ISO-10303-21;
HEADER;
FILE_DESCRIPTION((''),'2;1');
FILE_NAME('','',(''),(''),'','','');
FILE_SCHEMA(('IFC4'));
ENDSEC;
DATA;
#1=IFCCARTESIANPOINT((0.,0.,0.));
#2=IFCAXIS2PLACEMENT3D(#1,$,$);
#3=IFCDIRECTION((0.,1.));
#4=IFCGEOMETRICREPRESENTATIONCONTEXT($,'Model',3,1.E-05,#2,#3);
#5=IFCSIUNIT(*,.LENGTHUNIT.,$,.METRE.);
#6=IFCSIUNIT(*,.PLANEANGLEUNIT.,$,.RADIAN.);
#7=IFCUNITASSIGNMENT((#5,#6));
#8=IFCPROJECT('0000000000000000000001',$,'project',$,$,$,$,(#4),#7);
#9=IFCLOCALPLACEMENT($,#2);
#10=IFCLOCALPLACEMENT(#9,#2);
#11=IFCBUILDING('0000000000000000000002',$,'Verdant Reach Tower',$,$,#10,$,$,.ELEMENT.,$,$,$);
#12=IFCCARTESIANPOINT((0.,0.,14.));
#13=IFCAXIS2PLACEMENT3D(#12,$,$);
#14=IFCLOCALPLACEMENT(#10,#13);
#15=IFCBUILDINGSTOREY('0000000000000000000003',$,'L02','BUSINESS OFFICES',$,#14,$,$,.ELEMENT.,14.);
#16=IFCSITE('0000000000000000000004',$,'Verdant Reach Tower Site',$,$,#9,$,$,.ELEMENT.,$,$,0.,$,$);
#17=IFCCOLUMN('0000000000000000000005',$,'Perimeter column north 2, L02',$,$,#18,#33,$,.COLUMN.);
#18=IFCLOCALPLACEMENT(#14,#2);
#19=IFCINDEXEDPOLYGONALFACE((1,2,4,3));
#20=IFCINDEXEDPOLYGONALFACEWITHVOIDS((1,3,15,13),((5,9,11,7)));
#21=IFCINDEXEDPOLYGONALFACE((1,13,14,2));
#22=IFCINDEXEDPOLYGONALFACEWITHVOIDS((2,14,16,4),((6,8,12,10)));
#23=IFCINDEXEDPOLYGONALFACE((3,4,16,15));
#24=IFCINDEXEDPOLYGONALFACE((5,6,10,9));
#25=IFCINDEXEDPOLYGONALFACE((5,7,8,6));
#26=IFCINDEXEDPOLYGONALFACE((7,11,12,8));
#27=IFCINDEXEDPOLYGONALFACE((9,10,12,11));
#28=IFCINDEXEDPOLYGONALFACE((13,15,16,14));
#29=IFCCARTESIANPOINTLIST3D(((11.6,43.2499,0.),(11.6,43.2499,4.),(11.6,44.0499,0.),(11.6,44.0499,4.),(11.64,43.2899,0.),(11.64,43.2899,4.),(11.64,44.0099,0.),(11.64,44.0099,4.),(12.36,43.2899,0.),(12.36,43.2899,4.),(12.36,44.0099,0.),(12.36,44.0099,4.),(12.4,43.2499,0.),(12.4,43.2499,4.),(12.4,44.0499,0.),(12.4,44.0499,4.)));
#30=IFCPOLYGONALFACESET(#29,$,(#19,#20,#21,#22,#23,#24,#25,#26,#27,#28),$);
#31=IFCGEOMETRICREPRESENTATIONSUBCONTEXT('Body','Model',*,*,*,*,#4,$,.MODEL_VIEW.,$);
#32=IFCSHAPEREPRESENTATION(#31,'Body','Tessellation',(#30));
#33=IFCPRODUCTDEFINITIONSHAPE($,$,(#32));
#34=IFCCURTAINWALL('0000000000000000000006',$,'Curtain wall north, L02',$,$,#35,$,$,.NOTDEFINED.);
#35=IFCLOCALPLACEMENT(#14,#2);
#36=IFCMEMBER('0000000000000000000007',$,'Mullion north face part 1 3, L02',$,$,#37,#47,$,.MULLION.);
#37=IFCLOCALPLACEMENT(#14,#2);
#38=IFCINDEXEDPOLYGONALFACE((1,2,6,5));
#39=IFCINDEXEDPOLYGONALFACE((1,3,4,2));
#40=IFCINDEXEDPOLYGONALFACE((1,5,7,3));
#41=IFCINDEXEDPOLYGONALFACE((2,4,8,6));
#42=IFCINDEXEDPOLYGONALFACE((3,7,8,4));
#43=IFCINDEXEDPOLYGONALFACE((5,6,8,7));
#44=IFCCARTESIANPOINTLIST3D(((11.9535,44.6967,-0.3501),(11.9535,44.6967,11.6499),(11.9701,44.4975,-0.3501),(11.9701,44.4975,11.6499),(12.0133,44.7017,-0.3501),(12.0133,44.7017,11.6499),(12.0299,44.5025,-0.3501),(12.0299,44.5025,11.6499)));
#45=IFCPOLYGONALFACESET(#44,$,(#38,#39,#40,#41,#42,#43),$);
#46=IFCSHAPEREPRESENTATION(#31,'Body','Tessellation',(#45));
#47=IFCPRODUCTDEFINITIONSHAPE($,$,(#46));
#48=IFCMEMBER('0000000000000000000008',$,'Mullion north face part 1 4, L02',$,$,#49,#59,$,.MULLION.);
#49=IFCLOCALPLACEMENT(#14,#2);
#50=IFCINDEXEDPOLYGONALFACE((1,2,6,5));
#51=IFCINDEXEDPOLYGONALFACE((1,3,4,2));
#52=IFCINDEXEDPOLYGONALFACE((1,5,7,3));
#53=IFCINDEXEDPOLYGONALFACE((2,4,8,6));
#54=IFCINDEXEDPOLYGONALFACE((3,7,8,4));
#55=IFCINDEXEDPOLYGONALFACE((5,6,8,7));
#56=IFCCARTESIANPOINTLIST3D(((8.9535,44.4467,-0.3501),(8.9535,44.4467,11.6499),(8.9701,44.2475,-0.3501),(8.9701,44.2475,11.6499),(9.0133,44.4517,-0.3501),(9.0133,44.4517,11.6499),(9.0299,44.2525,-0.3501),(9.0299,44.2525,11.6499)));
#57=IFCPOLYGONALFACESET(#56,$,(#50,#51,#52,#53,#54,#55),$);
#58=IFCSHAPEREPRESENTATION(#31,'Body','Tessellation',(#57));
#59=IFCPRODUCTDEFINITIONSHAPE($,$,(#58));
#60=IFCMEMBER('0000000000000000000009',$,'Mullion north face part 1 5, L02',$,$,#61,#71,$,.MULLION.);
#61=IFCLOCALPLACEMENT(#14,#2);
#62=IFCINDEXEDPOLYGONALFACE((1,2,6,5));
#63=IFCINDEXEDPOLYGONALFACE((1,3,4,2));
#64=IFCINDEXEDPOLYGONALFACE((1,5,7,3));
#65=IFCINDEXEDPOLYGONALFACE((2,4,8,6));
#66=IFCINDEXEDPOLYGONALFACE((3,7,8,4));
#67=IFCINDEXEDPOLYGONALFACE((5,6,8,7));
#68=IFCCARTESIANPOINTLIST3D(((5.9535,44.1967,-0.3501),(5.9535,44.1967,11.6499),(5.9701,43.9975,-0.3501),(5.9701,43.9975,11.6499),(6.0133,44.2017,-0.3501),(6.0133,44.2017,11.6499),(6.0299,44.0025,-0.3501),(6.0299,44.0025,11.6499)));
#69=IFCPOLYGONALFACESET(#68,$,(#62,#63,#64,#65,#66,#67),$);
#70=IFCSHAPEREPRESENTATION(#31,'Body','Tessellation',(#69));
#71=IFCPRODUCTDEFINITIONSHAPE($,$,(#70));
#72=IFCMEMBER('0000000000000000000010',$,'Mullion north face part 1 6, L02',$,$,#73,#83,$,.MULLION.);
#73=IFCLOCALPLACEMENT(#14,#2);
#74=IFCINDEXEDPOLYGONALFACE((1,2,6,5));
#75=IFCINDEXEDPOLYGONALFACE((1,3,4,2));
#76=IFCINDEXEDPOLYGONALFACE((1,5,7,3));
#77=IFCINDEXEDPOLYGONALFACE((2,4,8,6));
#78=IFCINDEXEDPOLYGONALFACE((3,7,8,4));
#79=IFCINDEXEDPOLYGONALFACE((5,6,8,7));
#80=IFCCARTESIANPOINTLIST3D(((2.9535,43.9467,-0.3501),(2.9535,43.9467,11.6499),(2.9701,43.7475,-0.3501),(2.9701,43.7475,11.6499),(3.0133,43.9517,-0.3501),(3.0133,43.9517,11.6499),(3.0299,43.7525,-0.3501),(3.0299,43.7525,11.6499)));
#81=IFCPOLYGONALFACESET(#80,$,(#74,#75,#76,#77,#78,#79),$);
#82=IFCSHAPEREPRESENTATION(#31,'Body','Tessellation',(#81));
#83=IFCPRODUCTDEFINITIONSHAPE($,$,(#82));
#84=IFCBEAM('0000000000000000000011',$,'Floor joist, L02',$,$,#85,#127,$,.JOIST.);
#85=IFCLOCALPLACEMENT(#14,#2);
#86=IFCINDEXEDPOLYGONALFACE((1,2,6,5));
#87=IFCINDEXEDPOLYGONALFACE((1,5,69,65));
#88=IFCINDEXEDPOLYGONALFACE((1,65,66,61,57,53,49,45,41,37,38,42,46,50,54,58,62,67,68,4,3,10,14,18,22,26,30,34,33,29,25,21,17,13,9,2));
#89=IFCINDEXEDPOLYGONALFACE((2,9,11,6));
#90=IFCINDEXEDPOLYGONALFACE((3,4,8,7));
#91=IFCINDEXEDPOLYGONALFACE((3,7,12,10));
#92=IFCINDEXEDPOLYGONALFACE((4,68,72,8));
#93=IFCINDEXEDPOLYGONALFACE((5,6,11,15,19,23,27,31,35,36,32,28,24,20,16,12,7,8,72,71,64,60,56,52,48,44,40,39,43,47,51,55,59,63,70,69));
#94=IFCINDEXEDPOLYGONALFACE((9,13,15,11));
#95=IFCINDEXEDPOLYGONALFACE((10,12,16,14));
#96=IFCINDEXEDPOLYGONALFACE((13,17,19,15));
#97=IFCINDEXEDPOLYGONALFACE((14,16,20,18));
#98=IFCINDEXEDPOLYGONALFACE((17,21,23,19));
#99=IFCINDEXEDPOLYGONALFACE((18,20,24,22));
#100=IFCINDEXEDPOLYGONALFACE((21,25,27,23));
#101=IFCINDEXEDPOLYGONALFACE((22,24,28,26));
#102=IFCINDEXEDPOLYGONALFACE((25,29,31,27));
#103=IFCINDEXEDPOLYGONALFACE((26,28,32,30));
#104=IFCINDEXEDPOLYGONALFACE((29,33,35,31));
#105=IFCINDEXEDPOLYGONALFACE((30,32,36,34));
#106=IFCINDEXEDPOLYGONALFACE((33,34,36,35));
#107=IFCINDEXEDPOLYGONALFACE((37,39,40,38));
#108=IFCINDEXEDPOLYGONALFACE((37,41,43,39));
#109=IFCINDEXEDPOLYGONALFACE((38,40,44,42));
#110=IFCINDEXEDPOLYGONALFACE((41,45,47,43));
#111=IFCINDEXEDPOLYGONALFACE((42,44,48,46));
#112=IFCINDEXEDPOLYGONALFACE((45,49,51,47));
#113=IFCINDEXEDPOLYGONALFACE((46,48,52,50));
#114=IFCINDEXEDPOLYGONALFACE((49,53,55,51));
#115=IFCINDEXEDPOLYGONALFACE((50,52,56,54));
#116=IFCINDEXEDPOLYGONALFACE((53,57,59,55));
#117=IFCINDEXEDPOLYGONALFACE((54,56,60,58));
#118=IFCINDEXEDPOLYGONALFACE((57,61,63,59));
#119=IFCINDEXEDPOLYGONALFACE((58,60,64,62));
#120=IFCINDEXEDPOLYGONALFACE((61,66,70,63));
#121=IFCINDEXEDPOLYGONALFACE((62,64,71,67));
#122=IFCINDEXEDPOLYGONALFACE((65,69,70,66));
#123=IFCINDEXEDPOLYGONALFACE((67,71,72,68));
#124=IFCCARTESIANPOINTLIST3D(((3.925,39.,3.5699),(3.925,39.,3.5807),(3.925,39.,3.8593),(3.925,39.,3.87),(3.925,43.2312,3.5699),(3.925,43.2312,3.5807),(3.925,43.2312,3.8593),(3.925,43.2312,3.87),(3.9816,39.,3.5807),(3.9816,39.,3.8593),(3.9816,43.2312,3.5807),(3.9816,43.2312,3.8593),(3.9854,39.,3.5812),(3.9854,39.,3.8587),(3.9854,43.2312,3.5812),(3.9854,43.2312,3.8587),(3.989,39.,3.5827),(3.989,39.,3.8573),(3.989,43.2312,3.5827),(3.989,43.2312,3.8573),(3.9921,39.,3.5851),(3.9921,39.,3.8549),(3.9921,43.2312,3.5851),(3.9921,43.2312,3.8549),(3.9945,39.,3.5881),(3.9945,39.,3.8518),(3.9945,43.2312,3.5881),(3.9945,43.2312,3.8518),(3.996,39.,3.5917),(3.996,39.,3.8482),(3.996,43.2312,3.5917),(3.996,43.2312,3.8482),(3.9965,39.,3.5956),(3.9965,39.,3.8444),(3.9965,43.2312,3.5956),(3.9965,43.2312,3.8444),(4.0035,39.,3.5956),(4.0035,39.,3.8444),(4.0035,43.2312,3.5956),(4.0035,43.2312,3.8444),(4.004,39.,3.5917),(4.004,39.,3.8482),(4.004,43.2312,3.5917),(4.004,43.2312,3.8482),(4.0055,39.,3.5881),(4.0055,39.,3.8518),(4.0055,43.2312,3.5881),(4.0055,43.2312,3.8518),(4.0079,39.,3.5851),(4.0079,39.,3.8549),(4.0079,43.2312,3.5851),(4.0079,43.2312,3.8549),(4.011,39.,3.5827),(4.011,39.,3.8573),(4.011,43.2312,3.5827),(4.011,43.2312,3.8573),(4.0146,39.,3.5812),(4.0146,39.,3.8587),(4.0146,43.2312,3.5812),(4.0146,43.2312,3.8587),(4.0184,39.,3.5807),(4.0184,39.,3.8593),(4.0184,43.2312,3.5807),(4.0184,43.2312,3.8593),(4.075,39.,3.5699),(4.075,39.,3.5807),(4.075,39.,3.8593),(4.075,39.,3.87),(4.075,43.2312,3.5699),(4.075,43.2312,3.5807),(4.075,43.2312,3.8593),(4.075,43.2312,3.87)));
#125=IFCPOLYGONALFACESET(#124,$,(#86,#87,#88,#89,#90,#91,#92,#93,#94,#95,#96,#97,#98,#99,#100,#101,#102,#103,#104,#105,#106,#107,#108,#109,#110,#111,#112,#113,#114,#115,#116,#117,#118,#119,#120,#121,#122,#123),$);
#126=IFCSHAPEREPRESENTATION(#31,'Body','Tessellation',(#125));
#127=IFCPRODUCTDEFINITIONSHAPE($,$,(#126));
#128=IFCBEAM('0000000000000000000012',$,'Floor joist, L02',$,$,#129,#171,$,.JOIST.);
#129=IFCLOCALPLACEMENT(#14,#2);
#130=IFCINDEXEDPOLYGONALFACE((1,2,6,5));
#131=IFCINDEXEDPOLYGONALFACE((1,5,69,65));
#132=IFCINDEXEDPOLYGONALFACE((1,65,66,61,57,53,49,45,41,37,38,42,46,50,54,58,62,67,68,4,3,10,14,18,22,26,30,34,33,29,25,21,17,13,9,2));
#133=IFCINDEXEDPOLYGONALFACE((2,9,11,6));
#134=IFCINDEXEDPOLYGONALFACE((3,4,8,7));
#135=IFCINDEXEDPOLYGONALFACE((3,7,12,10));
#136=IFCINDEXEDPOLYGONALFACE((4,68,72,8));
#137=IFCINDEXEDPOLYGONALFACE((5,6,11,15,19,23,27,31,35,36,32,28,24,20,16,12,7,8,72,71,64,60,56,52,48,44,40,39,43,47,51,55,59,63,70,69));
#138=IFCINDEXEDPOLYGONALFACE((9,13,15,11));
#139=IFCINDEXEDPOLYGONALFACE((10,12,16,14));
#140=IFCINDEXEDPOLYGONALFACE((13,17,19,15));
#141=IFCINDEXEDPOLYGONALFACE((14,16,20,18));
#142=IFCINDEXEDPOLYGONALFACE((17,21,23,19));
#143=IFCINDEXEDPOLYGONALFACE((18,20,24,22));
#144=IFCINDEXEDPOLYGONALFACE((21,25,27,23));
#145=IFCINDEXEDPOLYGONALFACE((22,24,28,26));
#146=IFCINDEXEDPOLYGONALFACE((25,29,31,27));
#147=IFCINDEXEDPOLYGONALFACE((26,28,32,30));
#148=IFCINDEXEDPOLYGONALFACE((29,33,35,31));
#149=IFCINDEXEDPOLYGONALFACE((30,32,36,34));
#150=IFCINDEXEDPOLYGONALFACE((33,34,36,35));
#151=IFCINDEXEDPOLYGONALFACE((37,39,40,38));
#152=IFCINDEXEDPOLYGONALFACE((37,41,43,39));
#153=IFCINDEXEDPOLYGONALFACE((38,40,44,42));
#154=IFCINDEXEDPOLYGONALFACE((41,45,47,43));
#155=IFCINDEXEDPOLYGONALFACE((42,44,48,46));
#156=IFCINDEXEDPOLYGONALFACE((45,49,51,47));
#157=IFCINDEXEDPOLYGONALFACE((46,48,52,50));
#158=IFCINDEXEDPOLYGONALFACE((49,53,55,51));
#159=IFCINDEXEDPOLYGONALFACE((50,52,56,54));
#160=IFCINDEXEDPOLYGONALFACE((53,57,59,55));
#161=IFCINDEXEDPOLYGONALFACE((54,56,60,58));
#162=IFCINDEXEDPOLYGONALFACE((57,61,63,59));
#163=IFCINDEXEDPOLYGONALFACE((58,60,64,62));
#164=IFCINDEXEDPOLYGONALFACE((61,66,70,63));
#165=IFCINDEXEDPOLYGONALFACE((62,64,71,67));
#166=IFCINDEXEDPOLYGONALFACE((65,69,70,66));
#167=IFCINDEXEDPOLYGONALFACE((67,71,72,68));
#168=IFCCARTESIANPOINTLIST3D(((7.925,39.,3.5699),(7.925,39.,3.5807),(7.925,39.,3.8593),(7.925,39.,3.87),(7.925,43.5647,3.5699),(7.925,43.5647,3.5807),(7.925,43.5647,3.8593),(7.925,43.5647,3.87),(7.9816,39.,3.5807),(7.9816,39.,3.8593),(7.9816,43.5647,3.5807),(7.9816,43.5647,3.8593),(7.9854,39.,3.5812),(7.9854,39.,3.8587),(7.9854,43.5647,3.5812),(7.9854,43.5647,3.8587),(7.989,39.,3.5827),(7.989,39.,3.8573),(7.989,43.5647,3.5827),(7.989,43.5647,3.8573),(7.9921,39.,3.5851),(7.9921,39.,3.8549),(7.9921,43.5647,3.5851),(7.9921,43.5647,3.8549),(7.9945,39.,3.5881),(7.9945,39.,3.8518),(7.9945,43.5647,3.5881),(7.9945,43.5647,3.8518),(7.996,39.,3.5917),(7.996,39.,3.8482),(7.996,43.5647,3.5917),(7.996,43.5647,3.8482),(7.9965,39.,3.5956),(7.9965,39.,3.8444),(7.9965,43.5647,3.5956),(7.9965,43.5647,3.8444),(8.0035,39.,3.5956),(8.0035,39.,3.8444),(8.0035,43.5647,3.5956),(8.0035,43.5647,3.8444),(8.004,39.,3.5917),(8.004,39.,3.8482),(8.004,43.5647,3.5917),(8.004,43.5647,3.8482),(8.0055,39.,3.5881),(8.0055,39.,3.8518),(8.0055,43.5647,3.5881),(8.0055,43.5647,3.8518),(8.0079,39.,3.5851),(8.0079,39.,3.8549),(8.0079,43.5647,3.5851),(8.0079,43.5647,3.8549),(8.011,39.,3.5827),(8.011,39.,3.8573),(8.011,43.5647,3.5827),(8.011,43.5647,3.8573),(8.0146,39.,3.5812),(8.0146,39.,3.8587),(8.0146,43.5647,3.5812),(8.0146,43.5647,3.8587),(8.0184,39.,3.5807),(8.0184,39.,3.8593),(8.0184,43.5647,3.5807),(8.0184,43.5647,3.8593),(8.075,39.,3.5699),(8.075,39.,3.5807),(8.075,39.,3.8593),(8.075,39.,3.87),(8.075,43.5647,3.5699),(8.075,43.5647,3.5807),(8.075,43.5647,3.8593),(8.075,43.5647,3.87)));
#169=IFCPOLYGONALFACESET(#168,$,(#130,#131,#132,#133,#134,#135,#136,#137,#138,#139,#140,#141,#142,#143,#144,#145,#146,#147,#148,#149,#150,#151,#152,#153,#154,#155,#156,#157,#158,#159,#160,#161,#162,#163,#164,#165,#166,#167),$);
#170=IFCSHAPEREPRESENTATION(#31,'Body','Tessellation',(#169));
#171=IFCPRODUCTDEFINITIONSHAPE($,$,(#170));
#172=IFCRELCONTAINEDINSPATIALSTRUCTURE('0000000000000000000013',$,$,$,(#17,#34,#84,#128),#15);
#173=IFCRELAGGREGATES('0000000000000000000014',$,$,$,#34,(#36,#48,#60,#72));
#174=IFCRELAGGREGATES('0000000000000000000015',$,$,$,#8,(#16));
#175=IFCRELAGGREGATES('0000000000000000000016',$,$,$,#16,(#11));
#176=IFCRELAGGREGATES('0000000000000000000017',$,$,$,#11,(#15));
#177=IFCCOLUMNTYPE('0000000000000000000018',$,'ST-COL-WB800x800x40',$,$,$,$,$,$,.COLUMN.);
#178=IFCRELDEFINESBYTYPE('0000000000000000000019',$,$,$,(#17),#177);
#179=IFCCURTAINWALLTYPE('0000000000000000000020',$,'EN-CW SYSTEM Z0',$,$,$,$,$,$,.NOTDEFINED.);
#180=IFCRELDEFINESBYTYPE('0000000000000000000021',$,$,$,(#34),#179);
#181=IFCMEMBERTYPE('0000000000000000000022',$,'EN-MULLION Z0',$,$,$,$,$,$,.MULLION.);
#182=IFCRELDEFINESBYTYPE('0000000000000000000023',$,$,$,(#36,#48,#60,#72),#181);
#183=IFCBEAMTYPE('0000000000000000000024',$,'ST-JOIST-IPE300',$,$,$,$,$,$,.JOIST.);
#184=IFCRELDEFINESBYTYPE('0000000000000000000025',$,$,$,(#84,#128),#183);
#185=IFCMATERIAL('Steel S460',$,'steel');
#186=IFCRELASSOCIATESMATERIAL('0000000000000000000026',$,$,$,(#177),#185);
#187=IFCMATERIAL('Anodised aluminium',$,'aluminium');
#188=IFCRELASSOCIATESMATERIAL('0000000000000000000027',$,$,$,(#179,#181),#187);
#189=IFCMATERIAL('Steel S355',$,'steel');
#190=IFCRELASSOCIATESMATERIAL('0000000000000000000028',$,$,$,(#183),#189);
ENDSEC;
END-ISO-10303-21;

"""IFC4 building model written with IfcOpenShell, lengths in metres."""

from ifc_helpers import new_model, si_unit, direction, frame, origin, origin_2d, place, context, subcontext, project, spatial, rectangle, hollow_rectangle, i_section, extrude, material, material_profile, profile_set, type_object, element, aggregate, save


model = new_model("IFC4")

# Units and contexts
model_context = context("Model", 3, precision=1e-05, world=origin(), true_north=direction((0.0, 1.0)))
body_context = subcontext(model_context, "Body", "Model", "MODEL_VIEW")
ifc_project = project(units=[si_unit("LENGTHUNIT", "METRE"), si_unit("PLANEANGLEUNIT", "RADIAN")], contexts=[model_context])

# Site, building, storey
site_placement = place(None, origin())
site = spatial("IfcSite", under=ifc_project, at=site_placement, Name="Verdant Reach Tower Site", CompositionType="ELEMENT", RefElevation=0.0)
building_placement = place(site_placement, origin())
building = spatial("IfcBuilding", under=site, at=building_placement, Name="Verdant Reach Tower", CompositionType="ELEMENT")
storey_placement = place(building_placement, frame((0.0, 0.0, 14.0)))
storey = spatial("IfcBuildingStorey", under=building, at=storey_placement, Name="L02", Description="BUSINESS OFFICES", CompositionType="ELEMENT", Elevation=14.0)

# Column
ifc_material_1 = material(Name="Steel S460", Category="steel")
ifc_material_profile_1 = material_profile(ifc_material_1, hollow_rectangle(XDim=0.8, YDim=0.8, WallThickness=0.04, at=origin_2d()), Name="WB 800x800x40")
ifc_profile_set_1 = profile_set([ifc_material_profile_1], Name="Steel S460")
column_type = type_object("IfcColumnType", Name="ST-COL-WB800x800x40", PredefinedType="COLUMN", material=ifc_profile_set_1)
column_placement = place(storey_placement, frame((12.0, 43.6499, 0.0), z_axis=(0.0, 0.0, 1.0), x_axis=(1.0, 0.0, 0.0)))
element("IfcColumn", 1, at=column_placement, inside=storey, type_object=column_type, Name="Perimeter column north 2, L02", PredefinedType="COLUMN", context=body_context, shape_type="SweptSolid", body=[
    extrude(hollow_rectangle(XDim=0.8, YDim=0.8, WallThickness=0.04, at=origin_2d()), origin(), (0.0, 0.0, 1.0), 4.0),
])

# Curtain wall, members
ifc_material_2 = material(Name="Anodised aluminium", Category="aluminium")
curtain_wall_type = type_object("IfcCurtainWallType", Name="EN-CW SYSTEM Z0", PredefinedType="NOTDEFINED", material=ifc_material_2)
curtain_wall_placement = place(storey_placement, origin())
curtain_wall = element("IfcCurtainWall", 2, at=curtain_wall_placement, inside=storey, type_object=curtain_wall_type, Name="Curtain wall north, L02", PredefinedType="NOTDEFINED")
ifc_material_profile_2 = material_profile(ifc_material_2, rectangle(XDim=0.2, YDim=0.0601, at=origin_2d()), Name="Mullion 60x200")
ifc_profile_set_2 = profile_set([ifc_material_profile_2], Name="Anodised aluminium")
member_type = type_object("IfcMemberType", Name="EN-MULLION Z0", PredefinedType="MULLION", material=ifc_profile_set_2)
member_1_placement = place(storey_placement, frame((11.9917, 44.5996, -0.3501), z_axis=(0.0, 0.0, 1.0), x_axis=(-0.083045, 0.996546, 0.0)))
member_1 = element("IfcMember", 3, at=member_1_placement, type_object=member_type, Name="Mullion north face part 1 3, L02", PredefinedType="MULLION", context=body_context, shape_type="SweptSolid", body=[
    extrude(rectangle(XDim=0.2, YDim=0.0601, at=origin_2d()), origin(), (0.0, 0.0, 1.0), 12.0),
])
member_2_placement = place(storey_placement, frame((8.9917, 44.3496, -0.3501), z_axis=(0.0, 0.0, 1.0), x_axis=(-0.083045, 0.996546, 0.0)))
member_2 = element("IfcMember", 4, at=member_2_placement, type_object=member_type, Name="Mullion north face part 1 4, L02", PredefinedType="MULLION", context=body_context, shape_type="SweptSolid", body=[
    extrude(rectangle(XDim=0.2, YDim=0.0601, at=origin_2d()), origin(), (0.0, 0.0, 1.0), 12.0),
])
member_3_placement = place(storey_placement, frame((5.9917, 44.0996, -0.3501), z_axis=(0.0, 0.0, 1.0), x_axis=(-0.083045, 0.996546, 0.0)))
member_3 = element("IfcMember", 5, at=member_3_placement, type_object=member_type, Name="Mullion north face part 1 5, L02", PredefinedType="MULLION", context=body_context, shape_type="SweptSolid", body=[
    extrude(rectangle(XDim=0.2, YDim=0.0601, at=origin_2d()), origin(), (0.0, 0.0, 1.0), 12.0),
])
member_4_placement = place(storey_placement, frame((2.9917, 43.8496, -0.3501), z_axis=(0.0, 0.0, 1.0), x_axis=(-0.083045, 0.996546, 0.0)))
member_4 = element("IfcMember", 6, at=member_4_placement, type_object=member_type, Name="Mullion north face part 1 6, L02", PredefinedType="MULLION", context=body_context, shape_type="SweptSolid", body=[
    extrude(rectangle(XDim=0.2, YDim=0.0601, at=origin_2d()), origin(), (0.0, 0.0, 1.0), 12.0),
])

# Beams
ifc_material_3 = material(Name="Steel S355", Category="steel")
ifc_material_profile_3 = material_profile(ifc_material_3, i_section(OverallWidth=0.1499, OverallDepth=0.3, WebThickness=0.0071, FlangeThickness=0.0107, FilletRadius=0.0149, at=origin_2d()), Name="IPE 300")
ifc_profile_set_3 = profile_set([ifc_material_profile_3], Name="Steel S355")
beam_type = type_object("IfcBeamType", Name="ST-JOIST-IPE300", PredefinedType="JOIST", material=ifc_profile_set_3)
beam_1_placement = place(storey_placement, frame((4.0, 39.0, 3.72), z_axis=(0.0, 1.0, 0.0), x_axis=(-1.0, 0.0, 0.0)))
element("IfcBeam", 7, at=beam_1_placement, inside=storey, type_object=beam_type, Name="Floor joist, L02", PredefinedType="JOIST", context=body_context, shape_type="SweptSolid", body=[
    extrude(i_section(OverallWidth=0.1499, OverallDepth=0.3, WebThickness=0.0071, FlangeThickness=0.0107, FilletRadius=0.0149, at=origin_2d()), origin(), (0.0, 0.0, 1.0), 4.2312),
])
beam_2_placement = place(storey_placement, frame((8.0, 39.0, 3.72), z_axis=(0.0, 1.0, 0.0), x_axis=(-1.0, 0.0, 0.0)))
element("IfcBeam", 8, at=beam_2_placement, inside=storey, type_object=beam_type, Name="Floor joist, L02", PredefinedType="JOIST", context=body_context, shape_type="SweptSolid", body=[
    extrude(i_section(OverallWidth=0.1499, OverallDepth=0.3, WebThickness=0.0071, FlangeThickness=0.0107, FilletRadius=0.0149, at=origin_2d()), origin(), (0.0, 0.0, 1.0), 4.5647),
])

aggregate(curtain_wall, [member_1, member_2, member_3, member_4])

save(model, "model.ifc")
